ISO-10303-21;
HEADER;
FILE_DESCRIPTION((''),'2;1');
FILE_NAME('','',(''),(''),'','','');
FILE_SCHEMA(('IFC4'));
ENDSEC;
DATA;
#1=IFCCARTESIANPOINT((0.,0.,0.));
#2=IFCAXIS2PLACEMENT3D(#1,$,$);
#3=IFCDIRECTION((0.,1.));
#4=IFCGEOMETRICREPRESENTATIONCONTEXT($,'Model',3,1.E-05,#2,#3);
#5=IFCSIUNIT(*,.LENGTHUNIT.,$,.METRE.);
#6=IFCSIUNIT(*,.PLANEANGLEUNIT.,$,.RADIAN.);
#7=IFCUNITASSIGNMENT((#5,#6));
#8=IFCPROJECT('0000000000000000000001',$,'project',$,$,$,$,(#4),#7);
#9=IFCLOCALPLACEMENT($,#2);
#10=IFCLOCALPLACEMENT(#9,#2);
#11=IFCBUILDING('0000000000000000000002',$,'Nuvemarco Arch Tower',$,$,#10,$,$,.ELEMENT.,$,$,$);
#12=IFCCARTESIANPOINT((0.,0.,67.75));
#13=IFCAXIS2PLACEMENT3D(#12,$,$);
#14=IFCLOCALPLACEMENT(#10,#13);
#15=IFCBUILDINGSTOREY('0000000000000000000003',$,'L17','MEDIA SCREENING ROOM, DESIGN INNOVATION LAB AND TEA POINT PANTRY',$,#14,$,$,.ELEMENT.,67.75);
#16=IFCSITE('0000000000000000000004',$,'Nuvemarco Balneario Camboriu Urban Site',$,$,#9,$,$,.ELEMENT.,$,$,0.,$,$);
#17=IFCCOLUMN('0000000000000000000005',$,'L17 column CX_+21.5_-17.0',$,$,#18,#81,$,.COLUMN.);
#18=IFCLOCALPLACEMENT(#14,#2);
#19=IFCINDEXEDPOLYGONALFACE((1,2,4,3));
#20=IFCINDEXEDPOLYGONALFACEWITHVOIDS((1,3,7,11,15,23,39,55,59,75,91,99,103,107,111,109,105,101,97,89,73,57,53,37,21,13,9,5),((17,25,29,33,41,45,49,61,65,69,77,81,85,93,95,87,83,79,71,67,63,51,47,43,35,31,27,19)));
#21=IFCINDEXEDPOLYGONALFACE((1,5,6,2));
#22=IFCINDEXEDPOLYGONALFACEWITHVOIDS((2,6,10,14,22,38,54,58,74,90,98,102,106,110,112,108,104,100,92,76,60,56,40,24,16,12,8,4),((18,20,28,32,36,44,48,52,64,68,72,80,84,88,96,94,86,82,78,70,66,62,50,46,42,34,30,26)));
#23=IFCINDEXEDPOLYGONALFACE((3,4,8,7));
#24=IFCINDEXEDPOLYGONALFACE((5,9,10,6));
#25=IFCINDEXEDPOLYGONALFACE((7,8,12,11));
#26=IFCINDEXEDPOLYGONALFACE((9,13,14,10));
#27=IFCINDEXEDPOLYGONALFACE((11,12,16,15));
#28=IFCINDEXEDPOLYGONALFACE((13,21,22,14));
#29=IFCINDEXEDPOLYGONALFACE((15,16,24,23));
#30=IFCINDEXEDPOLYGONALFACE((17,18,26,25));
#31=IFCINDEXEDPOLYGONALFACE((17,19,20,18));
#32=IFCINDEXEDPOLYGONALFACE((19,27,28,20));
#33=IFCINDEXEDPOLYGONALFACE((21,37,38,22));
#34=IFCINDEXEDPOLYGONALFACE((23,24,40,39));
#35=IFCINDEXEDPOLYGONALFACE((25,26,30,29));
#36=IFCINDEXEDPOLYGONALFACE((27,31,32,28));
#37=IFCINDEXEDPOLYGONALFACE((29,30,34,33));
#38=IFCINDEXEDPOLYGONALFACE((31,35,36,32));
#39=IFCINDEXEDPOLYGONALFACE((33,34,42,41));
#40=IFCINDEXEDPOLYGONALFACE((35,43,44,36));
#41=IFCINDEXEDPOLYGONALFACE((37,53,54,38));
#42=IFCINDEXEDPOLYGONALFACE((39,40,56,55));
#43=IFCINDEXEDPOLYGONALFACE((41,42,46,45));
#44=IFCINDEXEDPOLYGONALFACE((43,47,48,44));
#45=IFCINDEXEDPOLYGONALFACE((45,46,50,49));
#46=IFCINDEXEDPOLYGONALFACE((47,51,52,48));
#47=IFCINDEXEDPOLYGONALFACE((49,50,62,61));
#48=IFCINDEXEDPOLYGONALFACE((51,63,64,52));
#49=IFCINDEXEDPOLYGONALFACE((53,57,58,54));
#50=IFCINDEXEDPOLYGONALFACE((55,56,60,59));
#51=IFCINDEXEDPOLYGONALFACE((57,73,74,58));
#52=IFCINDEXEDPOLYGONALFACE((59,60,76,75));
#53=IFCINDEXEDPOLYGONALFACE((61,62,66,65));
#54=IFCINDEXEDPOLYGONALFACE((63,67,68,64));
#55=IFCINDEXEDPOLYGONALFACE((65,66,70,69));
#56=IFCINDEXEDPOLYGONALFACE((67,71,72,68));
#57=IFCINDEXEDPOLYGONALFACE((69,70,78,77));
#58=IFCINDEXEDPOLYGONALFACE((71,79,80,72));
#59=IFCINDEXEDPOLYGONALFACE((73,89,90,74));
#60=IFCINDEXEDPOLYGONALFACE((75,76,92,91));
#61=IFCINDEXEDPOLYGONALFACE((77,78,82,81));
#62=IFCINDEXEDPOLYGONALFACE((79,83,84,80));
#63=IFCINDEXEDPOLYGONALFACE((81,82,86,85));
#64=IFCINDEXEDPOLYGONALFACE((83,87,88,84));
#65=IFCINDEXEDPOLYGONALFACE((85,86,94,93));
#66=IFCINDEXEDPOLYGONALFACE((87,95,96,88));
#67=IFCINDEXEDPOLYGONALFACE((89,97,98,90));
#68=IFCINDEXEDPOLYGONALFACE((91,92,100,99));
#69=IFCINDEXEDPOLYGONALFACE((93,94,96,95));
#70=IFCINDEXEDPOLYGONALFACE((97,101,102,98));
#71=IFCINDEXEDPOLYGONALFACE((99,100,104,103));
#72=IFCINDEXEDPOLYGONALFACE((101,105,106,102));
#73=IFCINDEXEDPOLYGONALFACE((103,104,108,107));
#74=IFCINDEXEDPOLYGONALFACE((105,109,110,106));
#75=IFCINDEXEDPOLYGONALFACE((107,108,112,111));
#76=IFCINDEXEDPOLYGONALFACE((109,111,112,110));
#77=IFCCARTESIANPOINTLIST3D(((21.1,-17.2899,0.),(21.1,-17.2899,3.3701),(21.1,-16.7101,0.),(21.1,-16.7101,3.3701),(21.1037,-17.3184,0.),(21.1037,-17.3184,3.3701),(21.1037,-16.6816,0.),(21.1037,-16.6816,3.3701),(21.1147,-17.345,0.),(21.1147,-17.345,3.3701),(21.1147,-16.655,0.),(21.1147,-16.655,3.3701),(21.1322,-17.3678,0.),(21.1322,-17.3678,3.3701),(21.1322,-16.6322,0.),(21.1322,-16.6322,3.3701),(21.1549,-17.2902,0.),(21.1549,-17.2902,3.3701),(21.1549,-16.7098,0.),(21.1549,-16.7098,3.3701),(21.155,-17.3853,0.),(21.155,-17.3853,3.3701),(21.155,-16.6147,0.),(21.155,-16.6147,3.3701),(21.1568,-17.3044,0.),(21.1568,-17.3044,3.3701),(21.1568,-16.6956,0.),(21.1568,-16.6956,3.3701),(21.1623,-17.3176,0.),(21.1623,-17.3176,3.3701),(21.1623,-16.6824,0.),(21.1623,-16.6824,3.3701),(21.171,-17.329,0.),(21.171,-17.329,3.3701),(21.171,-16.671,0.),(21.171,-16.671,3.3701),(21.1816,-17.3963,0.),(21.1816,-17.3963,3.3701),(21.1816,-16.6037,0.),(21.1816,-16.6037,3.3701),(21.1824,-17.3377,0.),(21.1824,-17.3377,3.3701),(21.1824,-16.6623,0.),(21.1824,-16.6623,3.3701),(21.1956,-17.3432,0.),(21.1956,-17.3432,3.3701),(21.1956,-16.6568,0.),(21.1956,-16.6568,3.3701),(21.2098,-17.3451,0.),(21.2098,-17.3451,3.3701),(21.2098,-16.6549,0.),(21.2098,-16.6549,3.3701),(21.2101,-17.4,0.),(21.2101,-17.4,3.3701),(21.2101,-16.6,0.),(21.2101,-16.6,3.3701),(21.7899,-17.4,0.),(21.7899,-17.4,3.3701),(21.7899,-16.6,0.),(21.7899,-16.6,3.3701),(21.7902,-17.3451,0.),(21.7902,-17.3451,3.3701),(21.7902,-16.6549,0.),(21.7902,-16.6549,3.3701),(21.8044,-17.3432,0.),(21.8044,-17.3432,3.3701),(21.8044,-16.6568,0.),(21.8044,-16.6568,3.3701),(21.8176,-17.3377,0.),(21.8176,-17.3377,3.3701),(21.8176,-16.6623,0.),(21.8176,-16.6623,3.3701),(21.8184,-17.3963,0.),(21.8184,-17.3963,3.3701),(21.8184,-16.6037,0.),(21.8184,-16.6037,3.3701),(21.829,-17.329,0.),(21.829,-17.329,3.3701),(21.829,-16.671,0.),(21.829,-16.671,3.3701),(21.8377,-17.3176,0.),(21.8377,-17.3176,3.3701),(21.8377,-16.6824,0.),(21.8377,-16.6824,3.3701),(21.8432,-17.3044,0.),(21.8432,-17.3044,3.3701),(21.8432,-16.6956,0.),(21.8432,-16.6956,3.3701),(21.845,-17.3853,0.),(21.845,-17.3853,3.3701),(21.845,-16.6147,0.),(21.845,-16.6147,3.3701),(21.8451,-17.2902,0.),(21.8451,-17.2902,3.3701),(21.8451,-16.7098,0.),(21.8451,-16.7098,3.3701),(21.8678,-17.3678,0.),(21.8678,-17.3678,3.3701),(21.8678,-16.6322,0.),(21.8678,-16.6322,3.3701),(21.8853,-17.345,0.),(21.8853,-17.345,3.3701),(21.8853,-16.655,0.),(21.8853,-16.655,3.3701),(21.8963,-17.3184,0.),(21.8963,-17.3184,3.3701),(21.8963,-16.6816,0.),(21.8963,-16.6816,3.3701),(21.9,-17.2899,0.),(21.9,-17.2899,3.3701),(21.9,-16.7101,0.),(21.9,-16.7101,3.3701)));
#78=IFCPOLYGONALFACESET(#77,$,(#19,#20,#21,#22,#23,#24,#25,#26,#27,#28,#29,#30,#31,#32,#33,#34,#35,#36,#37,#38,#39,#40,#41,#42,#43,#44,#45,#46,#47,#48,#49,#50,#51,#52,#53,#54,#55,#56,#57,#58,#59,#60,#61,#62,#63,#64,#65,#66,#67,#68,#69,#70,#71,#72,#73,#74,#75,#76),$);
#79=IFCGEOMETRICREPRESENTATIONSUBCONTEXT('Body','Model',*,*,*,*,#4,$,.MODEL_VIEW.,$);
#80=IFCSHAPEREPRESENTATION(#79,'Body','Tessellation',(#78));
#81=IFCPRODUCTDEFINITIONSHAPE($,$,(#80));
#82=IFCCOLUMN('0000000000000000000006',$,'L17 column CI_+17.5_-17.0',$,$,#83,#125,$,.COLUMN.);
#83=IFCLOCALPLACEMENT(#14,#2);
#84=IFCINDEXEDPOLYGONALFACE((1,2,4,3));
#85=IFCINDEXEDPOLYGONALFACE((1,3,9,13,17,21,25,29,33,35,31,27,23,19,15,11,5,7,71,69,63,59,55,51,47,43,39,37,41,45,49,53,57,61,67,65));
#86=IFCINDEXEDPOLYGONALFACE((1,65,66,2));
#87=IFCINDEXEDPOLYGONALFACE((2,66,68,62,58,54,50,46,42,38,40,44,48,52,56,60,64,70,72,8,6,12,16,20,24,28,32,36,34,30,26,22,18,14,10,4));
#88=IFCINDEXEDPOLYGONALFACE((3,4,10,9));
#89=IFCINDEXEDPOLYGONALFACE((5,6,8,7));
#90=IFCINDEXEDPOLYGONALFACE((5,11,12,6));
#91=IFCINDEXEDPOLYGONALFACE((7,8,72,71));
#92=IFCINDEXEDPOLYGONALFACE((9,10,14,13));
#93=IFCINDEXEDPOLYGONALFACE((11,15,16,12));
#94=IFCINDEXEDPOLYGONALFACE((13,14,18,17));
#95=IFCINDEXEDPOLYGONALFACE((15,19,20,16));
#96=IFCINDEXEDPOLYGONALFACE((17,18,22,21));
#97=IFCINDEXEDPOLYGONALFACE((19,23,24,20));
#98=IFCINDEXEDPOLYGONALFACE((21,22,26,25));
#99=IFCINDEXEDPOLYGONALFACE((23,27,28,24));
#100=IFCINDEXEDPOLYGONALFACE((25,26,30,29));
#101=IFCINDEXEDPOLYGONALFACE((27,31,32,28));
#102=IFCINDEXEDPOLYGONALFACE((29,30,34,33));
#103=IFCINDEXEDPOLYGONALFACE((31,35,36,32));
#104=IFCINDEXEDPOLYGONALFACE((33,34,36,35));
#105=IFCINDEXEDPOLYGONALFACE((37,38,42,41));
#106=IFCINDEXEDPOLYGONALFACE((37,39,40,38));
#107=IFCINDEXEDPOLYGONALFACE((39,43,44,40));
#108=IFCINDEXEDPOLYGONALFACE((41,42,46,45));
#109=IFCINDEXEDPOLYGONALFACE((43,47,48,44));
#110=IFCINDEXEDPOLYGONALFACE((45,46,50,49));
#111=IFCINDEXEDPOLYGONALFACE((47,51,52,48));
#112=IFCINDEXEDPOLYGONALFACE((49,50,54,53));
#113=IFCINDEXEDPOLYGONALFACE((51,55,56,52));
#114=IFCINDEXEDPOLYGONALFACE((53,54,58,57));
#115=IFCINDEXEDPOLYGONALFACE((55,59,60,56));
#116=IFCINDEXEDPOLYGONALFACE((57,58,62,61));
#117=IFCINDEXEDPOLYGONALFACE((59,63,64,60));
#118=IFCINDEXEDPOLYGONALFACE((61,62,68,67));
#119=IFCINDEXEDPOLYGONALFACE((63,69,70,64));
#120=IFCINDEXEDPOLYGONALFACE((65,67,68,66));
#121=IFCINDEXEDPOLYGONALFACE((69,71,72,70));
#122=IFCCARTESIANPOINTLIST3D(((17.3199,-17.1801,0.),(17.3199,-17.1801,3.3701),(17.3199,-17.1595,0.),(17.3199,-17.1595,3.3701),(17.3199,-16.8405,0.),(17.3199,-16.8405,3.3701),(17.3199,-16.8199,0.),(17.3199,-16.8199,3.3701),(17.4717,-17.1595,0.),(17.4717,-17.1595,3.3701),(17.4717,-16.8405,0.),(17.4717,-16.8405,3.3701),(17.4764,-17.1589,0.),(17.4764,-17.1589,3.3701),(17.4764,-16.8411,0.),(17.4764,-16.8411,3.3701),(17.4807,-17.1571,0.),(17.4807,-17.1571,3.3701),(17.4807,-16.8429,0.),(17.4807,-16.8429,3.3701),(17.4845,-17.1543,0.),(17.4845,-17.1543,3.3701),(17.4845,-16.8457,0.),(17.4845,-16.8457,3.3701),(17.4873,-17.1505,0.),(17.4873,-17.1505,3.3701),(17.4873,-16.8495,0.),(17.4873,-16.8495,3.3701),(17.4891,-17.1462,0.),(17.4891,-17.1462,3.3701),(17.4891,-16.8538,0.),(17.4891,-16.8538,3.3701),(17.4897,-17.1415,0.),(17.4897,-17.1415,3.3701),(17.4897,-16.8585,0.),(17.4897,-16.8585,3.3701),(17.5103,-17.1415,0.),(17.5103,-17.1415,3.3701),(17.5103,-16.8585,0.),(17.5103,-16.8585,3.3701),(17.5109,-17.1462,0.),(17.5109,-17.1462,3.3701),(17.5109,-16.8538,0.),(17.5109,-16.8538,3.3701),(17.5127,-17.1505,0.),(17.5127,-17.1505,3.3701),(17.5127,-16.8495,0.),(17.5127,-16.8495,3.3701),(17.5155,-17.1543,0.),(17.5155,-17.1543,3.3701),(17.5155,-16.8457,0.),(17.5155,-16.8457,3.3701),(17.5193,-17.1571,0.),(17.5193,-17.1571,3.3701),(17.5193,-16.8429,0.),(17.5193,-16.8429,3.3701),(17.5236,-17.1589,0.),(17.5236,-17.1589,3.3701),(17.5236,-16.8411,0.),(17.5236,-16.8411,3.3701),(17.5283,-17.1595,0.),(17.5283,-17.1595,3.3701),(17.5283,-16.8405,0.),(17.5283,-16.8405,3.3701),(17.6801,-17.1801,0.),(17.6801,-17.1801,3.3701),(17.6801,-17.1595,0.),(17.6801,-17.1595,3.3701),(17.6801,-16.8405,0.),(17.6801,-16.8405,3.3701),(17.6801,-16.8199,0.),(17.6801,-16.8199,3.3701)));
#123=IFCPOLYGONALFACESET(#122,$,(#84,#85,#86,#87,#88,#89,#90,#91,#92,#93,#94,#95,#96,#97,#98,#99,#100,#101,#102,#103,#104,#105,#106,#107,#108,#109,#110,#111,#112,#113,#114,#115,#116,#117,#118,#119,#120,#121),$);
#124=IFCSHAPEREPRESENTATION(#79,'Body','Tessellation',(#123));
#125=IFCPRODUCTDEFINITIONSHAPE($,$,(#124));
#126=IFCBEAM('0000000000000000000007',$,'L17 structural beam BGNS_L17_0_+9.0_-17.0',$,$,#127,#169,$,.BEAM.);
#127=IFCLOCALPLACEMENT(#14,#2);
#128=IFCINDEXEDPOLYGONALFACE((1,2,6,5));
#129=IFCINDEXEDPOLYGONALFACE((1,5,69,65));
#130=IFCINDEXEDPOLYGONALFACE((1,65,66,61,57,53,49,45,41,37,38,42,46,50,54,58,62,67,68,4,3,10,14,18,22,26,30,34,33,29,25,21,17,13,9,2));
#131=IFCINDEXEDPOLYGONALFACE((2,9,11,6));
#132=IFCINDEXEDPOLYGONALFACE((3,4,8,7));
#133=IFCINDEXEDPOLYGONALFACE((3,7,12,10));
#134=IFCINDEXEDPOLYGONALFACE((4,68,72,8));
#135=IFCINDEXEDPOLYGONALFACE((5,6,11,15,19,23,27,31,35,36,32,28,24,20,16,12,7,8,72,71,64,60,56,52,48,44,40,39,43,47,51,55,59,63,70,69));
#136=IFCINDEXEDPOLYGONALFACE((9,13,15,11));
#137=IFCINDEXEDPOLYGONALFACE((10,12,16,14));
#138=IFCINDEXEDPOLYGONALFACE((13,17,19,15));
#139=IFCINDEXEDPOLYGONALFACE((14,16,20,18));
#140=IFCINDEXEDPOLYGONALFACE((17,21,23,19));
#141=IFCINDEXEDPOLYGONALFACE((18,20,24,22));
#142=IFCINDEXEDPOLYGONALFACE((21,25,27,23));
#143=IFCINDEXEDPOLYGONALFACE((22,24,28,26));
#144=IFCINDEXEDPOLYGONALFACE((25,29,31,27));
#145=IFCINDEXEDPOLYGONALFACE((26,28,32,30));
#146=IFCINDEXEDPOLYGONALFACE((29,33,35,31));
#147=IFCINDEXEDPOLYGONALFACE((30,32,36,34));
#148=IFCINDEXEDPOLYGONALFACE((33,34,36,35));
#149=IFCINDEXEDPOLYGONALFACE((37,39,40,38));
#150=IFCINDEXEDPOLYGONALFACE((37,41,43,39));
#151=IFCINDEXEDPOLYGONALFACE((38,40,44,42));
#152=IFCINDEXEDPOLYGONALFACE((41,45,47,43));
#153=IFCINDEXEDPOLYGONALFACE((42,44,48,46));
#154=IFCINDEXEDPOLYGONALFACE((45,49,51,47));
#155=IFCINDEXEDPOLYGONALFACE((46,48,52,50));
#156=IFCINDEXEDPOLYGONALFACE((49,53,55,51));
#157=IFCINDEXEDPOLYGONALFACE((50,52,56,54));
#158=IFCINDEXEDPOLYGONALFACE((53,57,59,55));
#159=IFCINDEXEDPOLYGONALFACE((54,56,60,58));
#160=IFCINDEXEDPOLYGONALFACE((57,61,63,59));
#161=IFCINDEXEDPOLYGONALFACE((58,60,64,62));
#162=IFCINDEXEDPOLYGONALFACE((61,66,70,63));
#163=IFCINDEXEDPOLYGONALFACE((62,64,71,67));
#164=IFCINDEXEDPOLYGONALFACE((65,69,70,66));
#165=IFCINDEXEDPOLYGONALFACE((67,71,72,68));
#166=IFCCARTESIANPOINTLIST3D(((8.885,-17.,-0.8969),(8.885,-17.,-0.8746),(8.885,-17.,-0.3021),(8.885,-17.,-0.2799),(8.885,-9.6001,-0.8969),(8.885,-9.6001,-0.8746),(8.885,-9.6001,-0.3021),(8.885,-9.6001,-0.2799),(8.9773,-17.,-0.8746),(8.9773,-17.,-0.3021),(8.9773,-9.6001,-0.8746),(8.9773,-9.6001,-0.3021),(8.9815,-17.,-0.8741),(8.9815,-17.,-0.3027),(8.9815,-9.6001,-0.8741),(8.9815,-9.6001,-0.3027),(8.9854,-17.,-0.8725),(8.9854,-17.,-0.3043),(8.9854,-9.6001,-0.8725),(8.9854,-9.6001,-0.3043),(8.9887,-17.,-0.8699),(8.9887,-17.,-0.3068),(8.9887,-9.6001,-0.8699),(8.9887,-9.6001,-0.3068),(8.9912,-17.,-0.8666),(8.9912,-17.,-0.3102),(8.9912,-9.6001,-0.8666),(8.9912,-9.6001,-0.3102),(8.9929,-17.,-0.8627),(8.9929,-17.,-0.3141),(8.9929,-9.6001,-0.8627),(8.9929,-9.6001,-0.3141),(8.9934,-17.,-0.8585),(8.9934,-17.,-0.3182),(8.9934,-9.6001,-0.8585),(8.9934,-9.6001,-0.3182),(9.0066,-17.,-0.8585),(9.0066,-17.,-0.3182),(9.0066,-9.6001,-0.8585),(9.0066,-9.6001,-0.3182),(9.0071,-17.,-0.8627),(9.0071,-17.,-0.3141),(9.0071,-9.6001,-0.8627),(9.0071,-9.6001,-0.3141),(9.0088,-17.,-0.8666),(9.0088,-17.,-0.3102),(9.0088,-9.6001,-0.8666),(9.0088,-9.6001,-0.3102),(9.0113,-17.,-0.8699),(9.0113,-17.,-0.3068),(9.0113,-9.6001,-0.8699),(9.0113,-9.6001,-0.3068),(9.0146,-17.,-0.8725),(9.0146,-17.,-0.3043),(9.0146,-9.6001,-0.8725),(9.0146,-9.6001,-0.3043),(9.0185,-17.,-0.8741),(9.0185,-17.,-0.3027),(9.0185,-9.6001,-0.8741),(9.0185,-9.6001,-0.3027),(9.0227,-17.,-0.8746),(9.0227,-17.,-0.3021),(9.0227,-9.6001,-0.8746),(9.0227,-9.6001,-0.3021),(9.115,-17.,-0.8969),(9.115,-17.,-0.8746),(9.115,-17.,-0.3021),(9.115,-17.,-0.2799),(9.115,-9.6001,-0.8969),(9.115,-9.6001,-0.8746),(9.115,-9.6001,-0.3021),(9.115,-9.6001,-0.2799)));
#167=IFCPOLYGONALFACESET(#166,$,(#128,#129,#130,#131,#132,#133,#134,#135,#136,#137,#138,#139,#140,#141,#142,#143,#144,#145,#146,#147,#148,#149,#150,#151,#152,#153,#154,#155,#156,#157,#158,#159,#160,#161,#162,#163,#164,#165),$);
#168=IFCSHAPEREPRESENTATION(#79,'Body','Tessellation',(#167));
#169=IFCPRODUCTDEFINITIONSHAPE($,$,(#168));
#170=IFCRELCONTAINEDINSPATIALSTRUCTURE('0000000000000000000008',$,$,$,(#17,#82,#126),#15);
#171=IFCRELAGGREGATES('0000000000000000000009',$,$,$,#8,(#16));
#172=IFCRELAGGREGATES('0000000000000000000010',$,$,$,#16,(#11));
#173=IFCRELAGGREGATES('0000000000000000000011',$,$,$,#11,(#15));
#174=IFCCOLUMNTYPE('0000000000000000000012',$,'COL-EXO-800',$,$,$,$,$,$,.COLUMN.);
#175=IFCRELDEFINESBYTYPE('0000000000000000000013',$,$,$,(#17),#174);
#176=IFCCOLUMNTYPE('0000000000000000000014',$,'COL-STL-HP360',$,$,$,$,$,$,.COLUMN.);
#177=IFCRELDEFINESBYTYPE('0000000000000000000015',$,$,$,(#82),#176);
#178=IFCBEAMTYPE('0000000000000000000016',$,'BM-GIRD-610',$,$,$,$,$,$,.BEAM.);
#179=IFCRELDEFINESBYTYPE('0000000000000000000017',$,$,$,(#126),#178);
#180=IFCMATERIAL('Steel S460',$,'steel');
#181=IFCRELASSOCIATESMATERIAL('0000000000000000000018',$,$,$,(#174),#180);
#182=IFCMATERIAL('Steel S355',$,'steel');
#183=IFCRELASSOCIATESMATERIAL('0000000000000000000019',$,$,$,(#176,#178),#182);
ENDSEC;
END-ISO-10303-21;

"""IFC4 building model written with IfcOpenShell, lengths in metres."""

from ifc_helpers import new_model, si_unit, direction, frame, origin, origin_2d, place, context, subcontext, project, spatial, hollow_rectangle, i_section, extrude, material, material_profile, profile_set, type_object, element, save


model = new_model("IFC4")

# Units and contexts
model_context = context("Model", 3, precision=1e-05, world=origin(), true_north=direction((0.0, 1.0)))
body_context = subcontext(model_context, "Body", "Model", "MODEL_VIEW")
ifc_project = project(units=[si_unit("LENGTHUNIT", "METRE"), si_unit("PLANEANGLEUNIT", "RADIAN")], contexts=[model_context])

# Site, building, storey
site_placement = place(None, origin())
site = spatial("IfcSite", under=ifc_project, at=site_placement, Name="Nuvemarco Balneario Camboriu Urban Site", CompositionType="ELEMENT", RefElevation=0.0)
building_placement = place(site_placement, origin())
building = spatial("IfcBuilding", under=site, at=building_placement, Name="Nuvemarco Arch Tower", CompositionType="ELEMENT")
storey_placement = place(building_placement, frame((0.0, 0.0, 67.75)))
storey = spatial("IfcBuildingStorey", under=building, at=storey_placement, Name="L17", Description="MEDIA SCREENING ROOM, DESIGN INNOVATION LAB AND TEA POINT PANTRY", CompositionType="ELEMENT", Elevation=67.75)

# Columns
ifc_material_1 = material(Name="Steel S460", Category="steel")
ifc_material_profile_1 = material_profile(ifc_material_1, hollow_rectangle(XDim=0.8, YDim=0.8, WallThickness=0.0549, InnerFilletRadius=0.0549, OuterFilletRadius=0.1101, at=origin_2d()), Name="SHS800x800x55")
ifc_profile_set_1 = profile_set([ifc_material_profile_1], Name="Steel S460")
column_type_1 = type_object("IfcColumnType", Name="COL-EXO-800", PredefinedType="COLUMN", material=ifc_profile_set_1)
column_1_placement = place(storey_placement, frame((21.5, -17.0, 0.0), z_axis=(0.0, 0.0, 1.0), x_axis=(1.0, 0.0, 0.0)))
element("IfcColumn", 1, at=column_1_placement, inside=storey, type_object=column_type_1, Name="L17 column CX_+21.5_-17.0", PredefinedType="COLUMN", context=body_context, shape_type="SweptSolid", body=[
    extrude(hollow_rectangle(XDim=0.8, YDim=0.8, WallThickness=0.0549, InnerFilletRadius=0.0549, OuterFilletRadius=0.1101, at=origin_2d()), origin(), (0.0, 0.0, 1.0), 3.3701),
])
ifc_material_2 = material(Name="Steel S355", Category="steel")
ifc_material_profile_2 = material_profile(ifc_material_2, i_section(OverallWidth=0.3601, OverallDepth=0.3601, WebThickness=0.0205, FlangeThickness=0.0205, FilletRadius=0.0181, at=origin_2d()), Name="HP360x174")
ifc_profile_set_2 = profile_set([ifc_material_profile_2], Name="Steel S355")
column_type_2 = type_object("IfcColumnType", Name="COL-STL-HP360", PredefinedType="COLUMN", material=ifc_profile_set_2)
column_2_placement = place(storey_placement, frame((17.5, -17.0, 0.0), z_axis=(0.0, 0.0, 1.0), x_axis=(1.0, 0.0, 0.0)))
element("IfcColumn", 2, at=column_2_placement, inside=storey, type_object=column_type_2, Name="L17 column CI_+17.5_-17.0", PredefinedType="COLUMN", context=body_context, shape_type="SweptSolid", body=[
    extrude(i_section(OverallWidth=0.3601, OverallDepth=0.3601, WebThickness=0.0205, FlangeThickness=0.0205, FilletRadius=0.0181, at=origin_2d()), origin(), (0.0, 0.0, 1.0), 3.3701),
])

# Beam
ifc_material_profile_3 = material_profile(ifc_material_2, i_section(OverallWidth=0.23, OverallDepth=0.6169, WebThickness=0.0132, FlangeThickness=0.0222, FilletRadius=0.0161, at=origin_2d()), Name="W610x140")
ifc_profile_set_3 = profile_set([ifc_material_profile_3], Name="Steel S355")
beam_type_1 = type_object("IfcBeamType", Name="BM-GIRD-610", PredefinedType="BEAM", material=ifc_profile_set_3)
for number, where, z_axis, x_axis, name in (
    (3, (9.0, -17.0, -0.5884), (0.0, 1.0, 0.0), (-1.0, 0.0, 0.0), "L17 structural beam BGNS_L17_0_+9.0_-17.0"),
):
    element("IfcBeam", number, at=place(storey_placement, frame(where, z_axis=z_axis, x_axis=x_axis)), inside=storey, type_object=beam_type_1, Name=name, PredefinedType="BEAM", context=body_context, shape_type="SweptSolid", body=[
        extrude(i_section(OverallWidth=0.23, OverallDepth=0.6169, WebThickness=0.0132, FlangeThickness=0.0222, FilletRadius=0.0161, at=origin_2d()), origin(), (0.0, 0.0, 1.0), 7.3999),
    ])

save(model, "model.ifc")
